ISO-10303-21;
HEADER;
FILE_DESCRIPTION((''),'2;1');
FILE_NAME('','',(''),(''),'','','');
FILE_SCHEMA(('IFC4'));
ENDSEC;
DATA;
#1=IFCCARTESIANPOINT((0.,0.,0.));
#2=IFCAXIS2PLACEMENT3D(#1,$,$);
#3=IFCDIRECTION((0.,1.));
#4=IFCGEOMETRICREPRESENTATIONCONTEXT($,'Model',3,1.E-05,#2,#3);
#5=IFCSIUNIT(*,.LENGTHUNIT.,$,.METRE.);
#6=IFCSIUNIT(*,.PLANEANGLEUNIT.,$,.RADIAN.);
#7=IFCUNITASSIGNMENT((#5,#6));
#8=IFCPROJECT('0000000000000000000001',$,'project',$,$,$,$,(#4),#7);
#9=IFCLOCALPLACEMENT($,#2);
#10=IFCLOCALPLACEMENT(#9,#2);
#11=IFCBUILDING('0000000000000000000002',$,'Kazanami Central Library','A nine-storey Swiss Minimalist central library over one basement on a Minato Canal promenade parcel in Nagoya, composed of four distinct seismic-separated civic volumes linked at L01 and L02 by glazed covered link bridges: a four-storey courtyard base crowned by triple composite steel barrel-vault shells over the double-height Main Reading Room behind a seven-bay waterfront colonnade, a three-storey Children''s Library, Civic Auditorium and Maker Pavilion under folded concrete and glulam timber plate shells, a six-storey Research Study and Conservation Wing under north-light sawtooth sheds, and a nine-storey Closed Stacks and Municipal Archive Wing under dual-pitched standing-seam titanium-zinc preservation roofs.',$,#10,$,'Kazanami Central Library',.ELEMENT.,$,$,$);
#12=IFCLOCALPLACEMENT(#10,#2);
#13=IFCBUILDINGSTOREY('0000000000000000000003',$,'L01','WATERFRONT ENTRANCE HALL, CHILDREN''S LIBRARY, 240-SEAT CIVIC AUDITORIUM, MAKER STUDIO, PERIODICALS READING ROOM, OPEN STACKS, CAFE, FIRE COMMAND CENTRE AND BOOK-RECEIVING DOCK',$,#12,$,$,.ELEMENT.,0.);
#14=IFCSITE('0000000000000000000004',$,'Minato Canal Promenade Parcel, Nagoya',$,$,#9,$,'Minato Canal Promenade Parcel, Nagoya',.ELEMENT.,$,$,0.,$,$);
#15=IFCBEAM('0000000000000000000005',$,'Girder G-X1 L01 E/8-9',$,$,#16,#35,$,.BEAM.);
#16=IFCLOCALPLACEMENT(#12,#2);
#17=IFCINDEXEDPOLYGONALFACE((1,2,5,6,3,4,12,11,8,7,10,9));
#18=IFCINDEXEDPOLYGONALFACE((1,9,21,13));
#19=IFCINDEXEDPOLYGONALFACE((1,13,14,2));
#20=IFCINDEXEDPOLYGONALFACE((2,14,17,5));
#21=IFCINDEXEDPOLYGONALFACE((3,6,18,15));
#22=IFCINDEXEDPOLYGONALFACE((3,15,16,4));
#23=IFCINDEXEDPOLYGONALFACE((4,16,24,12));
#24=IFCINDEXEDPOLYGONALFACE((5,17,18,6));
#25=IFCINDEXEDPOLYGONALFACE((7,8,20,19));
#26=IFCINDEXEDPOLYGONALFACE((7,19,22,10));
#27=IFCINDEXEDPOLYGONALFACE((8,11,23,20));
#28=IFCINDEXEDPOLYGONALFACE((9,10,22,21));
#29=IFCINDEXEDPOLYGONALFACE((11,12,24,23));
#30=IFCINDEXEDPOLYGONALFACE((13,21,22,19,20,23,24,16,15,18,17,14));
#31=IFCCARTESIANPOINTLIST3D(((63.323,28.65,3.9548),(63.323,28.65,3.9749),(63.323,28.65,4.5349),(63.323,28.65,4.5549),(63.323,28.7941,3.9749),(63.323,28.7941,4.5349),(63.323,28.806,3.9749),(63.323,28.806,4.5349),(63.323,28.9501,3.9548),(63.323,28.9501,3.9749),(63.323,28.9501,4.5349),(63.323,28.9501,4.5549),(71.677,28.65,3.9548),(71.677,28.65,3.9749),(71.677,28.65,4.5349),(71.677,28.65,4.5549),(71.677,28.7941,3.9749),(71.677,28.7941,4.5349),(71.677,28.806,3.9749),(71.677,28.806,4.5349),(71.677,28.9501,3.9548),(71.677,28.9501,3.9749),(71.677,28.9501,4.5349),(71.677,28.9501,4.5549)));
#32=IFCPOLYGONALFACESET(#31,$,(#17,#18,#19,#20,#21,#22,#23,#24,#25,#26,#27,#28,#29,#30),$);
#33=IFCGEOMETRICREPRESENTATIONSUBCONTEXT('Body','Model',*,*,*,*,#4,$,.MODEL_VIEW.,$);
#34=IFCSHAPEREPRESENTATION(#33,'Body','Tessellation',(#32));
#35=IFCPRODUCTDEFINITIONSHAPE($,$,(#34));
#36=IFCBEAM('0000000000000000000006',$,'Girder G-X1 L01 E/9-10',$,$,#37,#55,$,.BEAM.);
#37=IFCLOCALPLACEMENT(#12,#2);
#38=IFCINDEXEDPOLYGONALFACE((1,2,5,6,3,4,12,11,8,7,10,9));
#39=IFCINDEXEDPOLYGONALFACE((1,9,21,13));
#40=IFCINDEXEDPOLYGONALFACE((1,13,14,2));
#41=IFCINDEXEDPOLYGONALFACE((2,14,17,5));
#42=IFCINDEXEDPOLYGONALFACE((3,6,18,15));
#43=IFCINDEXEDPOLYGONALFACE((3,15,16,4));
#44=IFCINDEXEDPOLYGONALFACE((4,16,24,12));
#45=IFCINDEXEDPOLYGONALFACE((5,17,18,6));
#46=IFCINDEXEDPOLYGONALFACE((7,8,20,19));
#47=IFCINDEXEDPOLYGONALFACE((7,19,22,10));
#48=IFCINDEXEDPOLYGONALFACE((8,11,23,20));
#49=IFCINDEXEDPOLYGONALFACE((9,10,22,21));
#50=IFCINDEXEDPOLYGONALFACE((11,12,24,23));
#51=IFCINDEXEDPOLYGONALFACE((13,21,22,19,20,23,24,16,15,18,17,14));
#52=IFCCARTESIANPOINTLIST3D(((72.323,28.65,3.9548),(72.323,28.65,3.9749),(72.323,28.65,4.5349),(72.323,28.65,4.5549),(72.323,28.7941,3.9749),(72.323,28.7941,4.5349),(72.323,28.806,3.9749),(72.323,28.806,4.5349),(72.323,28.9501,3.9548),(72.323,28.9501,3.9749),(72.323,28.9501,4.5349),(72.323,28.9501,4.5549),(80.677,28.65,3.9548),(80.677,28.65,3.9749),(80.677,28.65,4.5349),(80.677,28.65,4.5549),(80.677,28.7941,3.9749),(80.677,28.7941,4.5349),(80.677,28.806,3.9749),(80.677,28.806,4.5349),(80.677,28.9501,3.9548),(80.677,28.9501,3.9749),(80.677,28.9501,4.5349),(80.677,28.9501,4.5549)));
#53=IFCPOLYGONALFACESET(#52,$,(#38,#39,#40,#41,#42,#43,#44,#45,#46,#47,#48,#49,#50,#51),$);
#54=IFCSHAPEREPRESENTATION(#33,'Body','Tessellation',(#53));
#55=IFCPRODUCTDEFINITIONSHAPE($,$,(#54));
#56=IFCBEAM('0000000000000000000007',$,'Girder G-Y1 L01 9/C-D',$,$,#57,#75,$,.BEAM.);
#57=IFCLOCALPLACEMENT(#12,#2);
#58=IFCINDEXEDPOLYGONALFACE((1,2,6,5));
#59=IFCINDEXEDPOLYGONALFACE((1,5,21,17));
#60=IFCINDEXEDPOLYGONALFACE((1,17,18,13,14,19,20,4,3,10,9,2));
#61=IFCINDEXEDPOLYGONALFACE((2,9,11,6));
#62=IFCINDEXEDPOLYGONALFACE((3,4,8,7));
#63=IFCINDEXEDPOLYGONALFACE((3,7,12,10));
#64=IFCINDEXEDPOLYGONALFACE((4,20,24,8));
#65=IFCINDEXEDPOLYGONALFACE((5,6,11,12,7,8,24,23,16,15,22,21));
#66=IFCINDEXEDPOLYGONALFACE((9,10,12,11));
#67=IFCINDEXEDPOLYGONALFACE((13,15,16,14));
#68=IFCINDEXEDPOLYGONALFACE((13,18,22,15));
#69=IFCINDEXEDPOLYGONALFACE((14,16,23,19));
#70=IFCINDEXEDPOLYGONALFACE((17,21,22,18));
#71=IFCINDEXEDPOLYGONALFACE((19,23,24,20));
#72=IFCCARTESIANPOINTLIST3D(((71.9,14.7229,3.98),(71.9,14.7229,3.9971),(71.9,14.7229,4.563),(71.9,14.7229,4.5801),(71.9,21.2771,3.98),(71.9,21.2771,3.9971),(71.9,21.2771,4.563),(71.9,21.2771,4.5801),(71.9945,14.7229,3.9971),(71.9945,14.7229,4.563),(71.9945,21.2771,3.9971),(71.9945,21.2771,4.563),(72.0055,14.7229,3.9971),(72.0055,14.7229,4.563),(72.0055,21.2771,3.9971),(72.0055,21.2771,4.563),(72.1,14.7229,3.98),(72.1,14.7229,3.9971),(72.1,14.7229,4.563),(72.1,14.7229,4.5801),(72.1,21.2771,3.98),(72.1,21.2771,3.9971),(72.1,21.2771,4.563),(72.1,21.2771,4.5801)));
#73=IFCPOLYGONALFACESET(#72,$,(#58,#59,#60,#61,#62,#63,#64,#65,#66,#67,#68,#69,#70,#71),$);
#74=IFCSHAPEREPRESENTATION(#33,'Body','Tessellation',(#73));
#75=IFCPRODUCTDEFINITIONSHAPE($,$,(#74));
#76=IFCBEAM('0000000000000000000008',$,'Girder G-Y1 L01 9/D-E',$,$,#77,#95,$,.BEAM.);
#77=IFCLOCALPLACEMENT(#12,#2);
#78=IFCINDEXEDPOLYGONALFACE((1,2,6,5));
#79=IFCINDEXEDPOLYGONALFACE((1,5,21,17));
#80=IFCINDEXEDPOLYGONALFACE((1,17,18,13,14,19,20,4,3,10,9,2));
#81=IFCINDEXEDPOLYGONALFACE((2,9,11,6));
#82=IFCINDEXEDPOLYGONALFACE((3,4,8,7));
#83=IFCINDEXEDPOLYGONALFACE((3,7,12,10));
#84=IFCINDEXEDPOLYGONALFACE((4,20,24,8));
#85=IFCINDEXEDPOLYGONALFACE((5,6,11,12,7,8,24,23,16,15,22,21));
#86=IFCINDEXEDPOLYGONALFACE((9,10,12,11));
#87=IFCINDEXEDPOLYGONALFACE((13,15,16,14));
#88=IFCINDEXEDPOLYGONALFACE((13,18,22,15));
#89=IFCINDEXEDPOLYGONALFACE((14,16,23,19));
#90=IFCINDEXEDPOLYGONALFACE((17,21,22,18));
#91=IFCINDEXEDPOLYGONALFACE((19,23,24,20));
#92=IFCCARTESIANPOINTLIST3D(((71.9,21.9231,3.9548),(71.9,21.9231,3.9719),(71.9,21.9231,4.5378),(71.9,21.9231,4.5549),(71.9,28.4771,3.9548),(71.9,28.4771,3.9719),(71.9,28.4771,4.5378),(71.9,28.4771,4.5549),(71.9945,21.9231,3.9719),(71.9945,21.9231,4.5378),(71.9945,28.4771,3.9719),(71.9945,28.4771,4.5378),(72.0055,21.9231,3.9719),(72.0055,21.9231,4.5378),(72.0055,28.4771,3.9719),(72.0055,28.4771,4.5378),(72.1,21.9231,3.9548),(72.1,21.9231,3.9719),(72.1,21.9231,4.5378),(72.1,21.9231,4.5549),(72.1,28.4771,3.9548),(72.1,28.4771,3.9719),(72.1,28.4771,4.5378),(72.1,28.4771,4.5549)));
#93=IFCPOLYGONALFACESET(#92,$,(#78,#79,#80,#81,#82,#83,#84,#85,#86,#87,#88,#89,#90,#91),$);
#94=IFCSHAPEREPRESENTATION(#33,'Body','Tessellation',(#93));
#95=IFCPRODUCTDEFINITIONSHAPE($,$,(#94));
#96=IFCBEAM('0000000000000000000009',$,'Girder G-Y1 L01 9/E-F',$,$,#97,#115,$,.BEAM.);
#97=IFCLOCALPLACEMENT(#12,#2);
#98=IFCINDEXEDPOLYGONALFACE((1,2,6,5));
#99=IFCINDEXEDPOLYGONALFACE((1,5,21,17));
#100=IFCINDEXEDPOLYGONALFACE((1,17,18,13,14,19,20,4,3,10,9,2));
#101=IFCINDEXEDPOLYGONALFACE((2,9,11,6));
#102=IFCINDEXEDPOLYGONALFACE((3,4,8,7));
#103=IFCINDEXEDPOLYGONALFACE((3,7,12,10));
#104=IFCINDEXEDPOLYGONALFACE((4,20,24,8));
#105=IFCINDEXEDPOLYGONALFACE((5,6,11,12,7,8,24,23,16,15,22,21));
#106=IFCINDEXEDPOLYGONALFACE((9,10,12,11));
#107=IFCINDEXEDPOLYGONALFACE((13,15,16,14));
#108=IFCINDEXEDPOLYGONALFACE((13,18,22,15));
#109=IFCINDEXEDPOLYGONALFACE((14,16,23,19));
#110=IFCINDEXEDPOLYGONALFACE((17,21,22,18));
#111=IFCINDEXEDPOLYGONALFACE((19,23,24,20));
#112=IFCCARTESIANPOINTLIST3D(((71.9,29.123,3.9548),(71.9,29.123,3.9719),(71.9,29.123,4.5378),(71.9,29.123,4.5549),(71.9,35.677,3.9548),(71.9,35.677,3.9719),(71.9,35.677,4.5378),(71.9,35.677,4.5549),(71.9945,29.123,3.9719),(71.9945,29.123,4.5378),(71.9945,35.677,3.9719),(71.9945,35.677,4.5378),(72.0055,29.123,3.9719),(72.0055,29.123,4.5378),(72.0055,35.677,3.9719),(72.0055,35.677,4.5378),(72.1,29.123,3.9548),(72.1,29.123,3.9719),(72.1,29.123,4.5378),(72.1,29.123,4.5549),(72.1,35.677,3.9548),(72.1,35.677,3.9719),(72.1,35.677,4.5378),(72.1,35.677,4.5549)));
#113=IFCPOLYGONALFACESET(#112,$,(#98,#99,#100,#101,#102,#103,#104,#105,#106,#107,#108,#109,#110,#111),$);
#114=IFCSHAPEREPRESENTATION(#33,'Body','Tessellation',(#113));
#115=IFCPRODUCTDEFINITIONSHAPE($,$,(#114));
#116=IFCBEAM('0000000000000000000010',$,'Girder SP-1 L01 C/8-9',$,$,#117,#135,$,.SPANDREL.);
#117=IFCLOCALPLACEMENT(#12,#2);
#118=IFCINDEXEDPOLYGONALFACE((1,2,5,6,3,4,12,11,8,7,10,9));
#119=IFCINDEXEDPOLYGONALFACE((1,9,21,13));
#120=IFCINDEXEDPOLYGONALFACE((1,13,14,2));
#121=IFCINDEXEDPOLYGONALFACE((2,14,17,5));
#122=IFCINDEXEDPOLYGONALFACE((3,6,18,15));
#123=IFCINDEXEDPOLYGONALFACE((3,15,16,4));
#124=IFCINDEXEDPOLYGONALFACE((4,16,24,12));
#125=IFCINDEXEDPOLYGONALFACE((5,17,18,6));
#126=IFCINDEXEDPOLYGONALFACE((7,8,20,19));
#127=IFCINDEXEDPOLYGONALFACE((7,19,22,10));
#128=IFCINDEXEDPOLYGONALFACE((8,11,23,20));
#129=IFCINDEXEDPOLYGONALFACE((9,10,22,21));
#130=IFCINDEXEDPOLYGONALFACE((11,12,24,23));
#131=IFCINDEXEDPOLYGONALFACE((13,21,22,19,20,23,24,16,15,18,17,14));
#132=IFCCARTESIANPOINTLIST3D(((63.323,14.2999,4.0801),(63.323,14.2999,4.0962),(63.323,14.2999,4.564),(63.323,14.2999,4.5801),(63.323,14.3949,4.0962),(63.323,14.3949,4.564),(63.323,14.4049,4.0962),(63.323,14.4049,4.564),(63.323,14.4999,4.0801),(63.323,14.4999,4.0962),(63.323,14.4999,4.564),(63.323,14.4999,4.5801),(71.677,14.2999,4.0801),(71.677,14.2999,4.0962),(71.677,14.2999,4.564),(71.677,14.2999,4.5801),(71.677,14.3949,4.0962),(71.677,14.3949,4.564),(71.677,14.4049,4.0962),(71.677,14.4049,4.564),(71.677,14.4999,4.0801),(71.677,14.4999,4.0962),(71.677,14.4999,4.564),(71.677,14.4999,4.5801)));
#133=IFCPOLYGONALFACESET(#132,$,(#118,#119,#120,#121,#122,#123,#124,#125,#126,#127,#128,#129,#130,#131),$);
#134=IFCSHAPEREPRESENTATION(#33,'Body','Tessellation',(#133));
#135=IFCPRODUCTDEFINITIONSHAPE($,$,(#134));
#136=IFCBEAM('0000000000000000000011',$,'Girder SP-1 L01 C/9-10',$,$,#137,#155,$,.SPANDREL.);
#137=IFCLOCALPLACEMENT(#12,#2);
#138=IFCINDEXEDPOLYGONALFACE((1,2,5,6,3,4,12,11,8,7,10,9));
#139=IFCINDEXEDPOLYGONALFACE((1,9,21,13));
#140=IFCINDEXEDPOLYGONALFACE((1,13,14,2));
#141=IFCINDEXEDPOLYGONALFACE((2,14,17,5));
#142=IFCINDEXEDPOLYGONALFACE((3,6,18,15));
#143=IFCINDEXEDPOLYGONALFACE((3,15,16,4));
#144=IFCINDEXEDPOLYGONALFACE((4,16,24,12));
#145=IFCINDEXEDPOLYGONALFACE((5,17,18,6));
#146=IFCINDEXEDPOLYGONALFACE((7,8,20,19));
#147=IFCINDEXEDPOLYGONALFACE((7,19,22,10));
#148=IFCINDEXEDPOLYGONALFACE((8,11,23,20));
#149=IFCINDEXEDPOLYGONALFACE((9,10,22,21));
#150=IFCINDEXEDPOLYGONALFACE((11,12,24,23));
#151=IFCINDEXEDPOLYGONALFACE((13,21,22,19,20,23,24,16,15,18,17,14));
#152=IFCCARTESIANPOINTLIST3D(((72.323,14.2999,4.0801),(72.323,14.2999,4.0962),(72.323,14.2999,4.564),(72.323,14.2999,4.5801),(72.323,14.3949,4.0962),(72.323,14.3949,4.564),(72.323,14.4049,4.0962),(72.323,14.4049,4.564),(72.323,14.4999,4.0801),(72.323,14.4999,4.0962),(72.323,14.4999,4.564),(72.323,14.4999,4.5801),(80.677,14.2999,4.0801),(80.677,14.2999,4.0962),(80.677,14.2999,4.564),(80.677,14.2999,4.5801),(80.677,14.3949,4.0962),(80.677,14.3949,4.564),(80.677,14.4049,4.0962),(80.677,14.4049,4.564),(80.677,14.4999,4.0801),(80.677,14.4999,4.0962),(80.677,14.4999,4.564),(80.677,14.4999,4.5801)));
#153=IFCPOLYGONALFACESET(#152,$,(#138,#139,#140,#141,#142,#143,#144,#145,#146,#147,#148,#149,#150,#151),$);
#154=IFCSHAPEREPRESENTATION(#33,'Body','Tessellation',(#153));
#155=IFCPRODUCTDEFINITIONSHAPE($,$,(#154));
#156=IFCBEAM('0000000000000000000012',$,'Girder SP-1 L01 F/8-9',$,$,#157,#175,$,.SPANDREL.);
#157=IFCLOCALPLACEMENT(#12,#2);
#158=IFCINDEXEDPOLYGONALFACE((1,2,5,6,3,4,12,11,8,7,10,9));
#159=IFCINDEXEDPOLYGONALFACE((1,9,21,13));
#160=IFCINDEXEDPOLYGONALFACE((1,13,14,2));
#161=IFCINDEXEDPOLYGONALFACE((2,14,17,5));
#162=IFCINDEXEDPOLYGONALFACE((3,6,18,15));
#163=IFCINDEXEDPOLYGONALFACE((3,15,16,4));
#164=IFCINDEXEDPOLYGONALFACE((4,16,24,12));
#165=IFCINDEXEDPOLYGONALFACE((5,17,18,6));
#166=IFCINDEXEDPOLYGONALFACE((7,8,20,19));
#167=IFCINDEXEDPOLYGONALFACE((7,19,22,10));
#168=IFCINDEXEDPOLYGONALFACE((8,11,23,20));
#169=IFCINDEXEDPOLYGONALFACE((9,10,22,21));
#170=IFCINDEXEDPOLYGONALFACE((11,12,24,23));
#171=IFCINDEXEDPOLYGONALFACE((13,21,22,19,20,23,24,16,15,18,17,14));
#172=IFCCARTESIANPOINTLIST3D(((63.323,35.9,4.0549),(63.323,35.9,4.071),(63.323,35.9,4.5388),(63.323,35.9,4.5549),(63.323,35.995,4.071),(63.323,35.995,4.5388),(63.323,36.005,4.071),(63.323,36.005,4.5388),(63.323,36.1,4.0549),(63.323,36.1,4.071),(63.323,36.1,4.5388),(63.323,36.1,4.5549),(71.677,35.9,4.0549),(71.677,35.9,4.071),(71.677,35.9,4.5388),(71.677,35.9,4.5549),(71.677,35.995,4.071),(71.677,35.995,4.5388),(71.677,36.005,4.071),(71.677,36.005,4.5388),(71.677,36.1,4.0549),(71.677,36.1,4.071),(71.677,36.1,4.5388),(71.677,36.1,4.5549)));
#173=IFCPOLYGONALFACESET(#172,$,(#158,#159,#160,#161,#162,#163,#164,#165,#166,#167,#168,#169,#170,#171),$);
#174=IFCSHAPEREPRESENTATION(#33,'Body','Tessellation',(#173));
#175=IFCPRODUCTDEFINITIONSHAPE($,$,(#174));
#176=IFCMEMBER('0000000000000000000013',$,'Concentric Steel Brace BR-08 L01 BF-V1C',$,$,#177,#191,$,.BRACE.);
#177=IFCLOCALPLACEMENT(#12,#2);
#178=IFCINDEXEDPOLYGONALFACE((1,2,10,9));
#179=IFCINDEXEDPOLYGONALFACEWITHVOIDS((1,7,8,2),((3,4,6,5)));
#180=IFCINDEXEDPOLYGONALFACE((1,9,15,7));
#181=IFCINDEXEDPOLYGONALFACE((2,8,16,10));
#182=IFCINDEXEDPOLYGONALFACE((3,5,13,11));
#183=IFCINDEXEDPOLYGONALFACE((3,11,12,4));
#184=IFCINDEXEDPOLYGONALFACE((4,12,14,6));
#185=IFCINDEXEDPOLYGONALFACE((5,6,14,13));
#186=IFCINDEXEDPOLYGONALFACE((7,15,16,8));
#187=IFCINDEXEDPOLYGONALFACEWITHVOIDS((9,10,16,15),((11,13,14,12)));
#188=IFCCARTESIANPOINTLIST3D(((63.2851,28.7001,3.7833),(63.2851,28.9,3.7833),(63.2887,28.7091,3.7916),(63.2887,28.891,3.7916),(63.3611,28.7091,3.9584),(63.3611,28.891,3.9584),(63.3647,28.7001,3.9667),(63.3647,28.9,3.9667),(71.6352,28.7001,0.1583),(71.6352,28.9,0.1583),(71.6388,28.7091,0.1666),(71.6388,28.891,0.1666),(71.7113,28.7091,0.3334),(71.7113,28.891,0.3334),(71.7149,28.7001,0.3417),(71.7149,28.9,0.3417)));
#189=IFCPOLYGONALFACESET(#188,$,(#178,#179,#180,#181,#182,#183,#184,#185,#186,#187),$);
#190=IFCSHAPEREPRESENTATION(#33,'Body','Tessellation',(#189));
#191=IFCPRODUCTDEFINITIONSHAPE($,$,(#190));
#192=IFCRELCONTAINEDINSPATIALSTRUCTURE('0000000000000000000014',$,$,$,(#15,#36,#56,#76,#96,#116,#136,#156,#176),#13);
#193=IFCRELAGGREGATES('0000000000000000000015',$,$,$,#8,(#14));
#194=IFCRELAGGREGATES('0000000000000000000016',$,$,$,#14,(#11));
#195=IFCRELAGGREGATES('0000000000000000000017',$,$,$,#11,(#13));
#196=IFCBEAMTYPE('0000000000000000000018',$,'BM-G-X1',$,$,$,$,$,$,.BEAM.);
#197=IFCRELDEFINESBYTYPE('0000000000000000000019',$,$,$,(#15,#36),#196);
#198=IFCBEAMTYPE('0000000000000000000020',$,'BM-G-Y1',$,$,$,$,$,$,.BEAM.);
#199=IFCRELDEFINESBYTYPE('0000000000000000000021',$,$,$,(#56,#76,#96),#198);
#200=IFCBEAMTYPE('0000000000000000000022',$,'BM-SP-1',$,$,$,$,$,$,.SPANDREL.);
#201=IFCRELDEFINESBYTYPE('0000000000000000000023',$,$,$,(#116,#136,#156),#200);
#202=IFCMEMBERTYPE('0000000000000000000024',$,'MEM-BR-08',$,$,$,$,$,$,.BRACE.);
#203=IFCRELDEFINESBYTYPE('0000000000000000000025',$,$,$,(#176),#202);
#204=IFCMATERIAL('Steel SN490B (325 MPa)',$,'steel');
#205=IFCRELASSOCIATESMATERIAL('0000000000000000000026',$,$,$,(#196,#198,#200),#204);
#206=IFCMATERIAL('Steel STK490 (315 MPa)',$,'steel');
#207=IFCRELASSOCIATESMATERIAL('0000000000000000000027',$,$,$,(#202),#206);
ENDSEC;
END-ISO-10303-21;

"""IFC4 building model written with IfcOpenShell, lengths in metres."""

from ifc_helpers import new_model, si_unit, direction, frame, origin, origin_2d, place, context, subcontext, project, spatial, hollow_rectangle, i_section, extrude, material, material_profile, profile_set, type_object, element, save


model = new_model("IFC4")

# Units and contexts
model_context = context("Model", 3, precision=1e-05, world=origin(), true_north=direction((0.0, 1.0)))
body_context = subcontext(model_context, "Body", "Model", "MODEL_VIEW")
ifc_project = project(units=[si_unit("LENGTHUNIT", "METRE"), si_unit("PLANEANGLEUNIT", "RADIAN")], contexts=[model_context])

# Site, building, storey
site_placement = place(None, origin())
site = spatial("IfcSite", under=ifc_project, at=site_placement, Name="Minato Canal Promenade Parcel, Nagoya", LongName="Minato Canal Promenade Parcel, Nagoya", CompositionType="ELEMENT", RefElevation=0.0)
building_placement = place(site_placement, origin())
building = spatial("IfcBuilding", under=site, at=building_placement, Name="Kazanami Central Library", Description="A nine-storey Swiss Minimalist central library over one basement on a Minato Canal promenade parcel in Nagoya, composed of four distinct seismic-separated civic volumes linked at L01 and L02 by glazed covered link bridges: a four-storey courtyard base crowned by triple composite steel barrel-vault shells over the double-height Main Reading Room behind a seven-bay waterfront colonnade, a three-storey Children's Library, Civic Auditorium and Maker Pavilion under folded concrete and glulam timber plate shells, a six-storey Research Study and Conservation Wing under north-light sawtooth sheds, and a nine-storey Closed Stacks and Municipal Archive Wing under dual-pitched standing-seam titanium-zinc preservation roofs.", LongName="Kazanami Central Library", CompositionType="ELEMENT")
storey_placement = place(building_placement, origin())
storey = spatial("IfcBuildingStorey", under=building, at=storey_placement, Name="L01", Description="WATERFRONT ENTRANCE HALL, CHILDREN'S LIBRARY, 240-SEAT CIVIC AUDITORIUM, MAKER STUDIO, PERIODICALS READING ROOM, OPEN STACKS, CAFE, FIRE COMMAND CENTRE AND BOOK-RECEIVING DOCK", CompositionType="ELEMENT", Elevation=0.0)

# Shared definitions
ifc_material_1 = material(Name="Steel STK490 (315 MPa)", Category="steel")

# Beams
ifc_material_2 = material(Name="Steel SN490B (325 MPa)", Category="steel")
ifc_material_profile_1 = material_profile(ifc_material_2, i_section(OverallWidth=0.3, OverallDepth=0.6001, WebThickness=0.012, FlangeThickness=0.02, at=origin_2d()), Name="H-600x300x12x20")
ifc_profile_set_1 = profile_set([ifc_material_profile_1], Name="Steel SN490B (325 MPa)")
beam_type_1 = type_object("IfcBeamType", Name="BM-G-X1", PredefinedType="BEAM", material=ifc_profile_set_1)
for number, where, z_axis, x_axis, name in (
    (1, (63.323, 28.8, 4.2549), (1.0, 0.0, 0.0), (0.0, 1.0, 0.0), "Girder G-X1 L01 E/8-9"),
    (2, (72.323, 28.8, 4.2549), (1.0, 0.0, 0.0), (0.0, 1.0, 0.0), "Girder G-X1 L01 E/9-10"),
):
    element("IfcBeam", number, at=place(storey_placement, frame(where, z_axis=z_axis, x_axis=x_axis)), inside=storey, type_object=beam_type_1, Name=name, PredefinedType="BEAM", context=body_context, shape_type="SweptSolid", body=[
        extrude(i_section(OverallWidth=0.3, OverallDepth=0.6001, WebThickness=0.012, FlangeThickness=0.02, at=origin_2d()), origin(), (0.0, 0.0, 1.0), 8.354),
    ])
ifc_material_profile_2 = material_profile(ifc_material_2, i_section(OverallWidth=0.2, OverallDepth=0.6001, WebThickness=0.011, FlangeThickness=0.0171, at=origin_2d()), Name="H-600x200x11x17")
ifc_profile_set_2 = profile_set([ifc_material_profile_2], Name="Steel SN490B (325 MPa)")
beam_type_2 = type_object("IfcBeamType", Name="BM-G-Y1", PredefinedType="BEAM", material=ifc_profile_set_2)
beam_1_placement = place(storey_placement, frame((72.0, 14.7229, 4.28), z_axis=(0.0, 1.0, 0.0), x_axis=(-1.0, 0.0, 0.0)))
element("IfcBeam", 3, at=beam_1_placement, inside=storey, type_object=beam_type_2, Name="Girder G-Y1 L01 9/C-D", PredefinedType="BEAM", context=body_context, shape_type="SweptSolid", body=[
    extrude(i_section(OverallWidth=0.2, OverallDepth=0.6001, WebThickness=0.011, FlangeThickness=0.0171, at=origin_2d()), origin(), (0.0, 0.0, 1.0), 6.5542),
])
for number, where, z_axis, x_axis, name in (
    (4, (72.0, 21.9231, 4.2549), (0.0, 1.0, 0.0), (-1.0, 0.0, 0.0), "Girder G-Y1 L01 9/D-E"),
    (5, (72.0, 29.123, 4.2549), (0.0, 1.0, 0.0), (-1.0, 0.0, 0.0), "Girder G-Y1 L01 9/E-F"),
):
    element("IfcBeam", number, at=place(storey_placement, frame(where, z_axis=z_axis, x_axis=x_axis)), inside=storey, type_object=beam_type_2, Name=name, PredefinedType="BEAM", context=body_context, shape_type="SweptSolid", body=[
        extrude(i_section(OverallWidth=0.2, OverallDepth=0.6001, WebThickness=0.011, FlangeThickness=0.0171, at=origin_2d()), origin(), (0.0, 0.0, 1.0), 6.554),
    ])
ifc_material_profile_3 = material_profile(ifc_material_2, i_section(OverallWidth=0.2, OverallDepth=0.5, WebThickness=0.01, FlangeThickness=0.0161, at=origin_2d()), Name="H-500x200x10x16")
ifc_profile_set_3 = profile_set([ifc_material_profile_3], Name="Steel SN490B (325 MPa)")
beam_type_3 = type_object("IfcBeamType", Name="BM-SP-1", PredefinedType="SPANDREL", material=ifc_profile_set_3)
for number, where, z_axis, x_axis, name in (
    (6, (63.323, 14.3999, 4.3301), (1.0, 0.0, 0.0), (0.0, 1.0, 0.0), "Girder SP-1 L01 C/8-9"),
    (7, (72.323, 14.3999, 4.3301), (1.0, 0.0, 0.0), (0.0, 1.0, 0.0), "Girder SP-1 L01 C/9-10"),
    (8, (63.323, 36.0, 4.3049), (1.0, 0.0, 0.0), (0.0, 1.0, 0.0), "Girder SP-1 L01 F/8-9"),
):
    element("IfcBeam", number, at=place(storey_placement, frame(where, z_axis=z_axis, x_axis=x_axis)), inside=storey, type_object=beam_type_3, Name=name, PredefinedType="SPANDREL", context=body_context, shape_type="SweptSolid", body=[
        extrude(i_section(OverallWidth=0.2, OverallDepth=0.5, WebThickness=0.01, FlangeThickness=0.0161, at=origin_2d()), origin(), (0.0, 0.0, 1.0), 8.354),
    ])

# Member
ifc_material_profile_4 = material_profile(ifc_material_1, hollow_rectangle(XDim=0.2, YDim=0.2, WallThickness=0.009, at=origin_2d()), Name="STKR-200x200x9")
ifc_profile_set_4 = profile_set([ifc_material_profile_4], Name="Steel STK490 (315 MPa)")
member_type_1 = type_object("IfcMemberType", Name="MEM-BR-08", PredefinedType="BRACE", material=ifc_profile_set_4)
member_placement = place(storey_placement, frame((71.675, 28.8, 0.25), z_axis=(-0.91729, 0.0, 0.39822), x_axis=(0.0, -1.0, 0.0)))
element("IfcMember", 9, at=member_placement, inside=storey, type_object=member_type_1, Name="Concentric Steel Brace BR-08 L01 BF-V1C", PredefinedType="BRACE", context=body_context, shape_type="SweptSolid", body=[
    extrude(hollow_rectangle(XDim=0.2, YDim=0.2, WallThickness=0.009, at=origin_2d()), origin(), (0.0, 0.0, 1.0), 9.103),
])

save(model, "model.ifc")
